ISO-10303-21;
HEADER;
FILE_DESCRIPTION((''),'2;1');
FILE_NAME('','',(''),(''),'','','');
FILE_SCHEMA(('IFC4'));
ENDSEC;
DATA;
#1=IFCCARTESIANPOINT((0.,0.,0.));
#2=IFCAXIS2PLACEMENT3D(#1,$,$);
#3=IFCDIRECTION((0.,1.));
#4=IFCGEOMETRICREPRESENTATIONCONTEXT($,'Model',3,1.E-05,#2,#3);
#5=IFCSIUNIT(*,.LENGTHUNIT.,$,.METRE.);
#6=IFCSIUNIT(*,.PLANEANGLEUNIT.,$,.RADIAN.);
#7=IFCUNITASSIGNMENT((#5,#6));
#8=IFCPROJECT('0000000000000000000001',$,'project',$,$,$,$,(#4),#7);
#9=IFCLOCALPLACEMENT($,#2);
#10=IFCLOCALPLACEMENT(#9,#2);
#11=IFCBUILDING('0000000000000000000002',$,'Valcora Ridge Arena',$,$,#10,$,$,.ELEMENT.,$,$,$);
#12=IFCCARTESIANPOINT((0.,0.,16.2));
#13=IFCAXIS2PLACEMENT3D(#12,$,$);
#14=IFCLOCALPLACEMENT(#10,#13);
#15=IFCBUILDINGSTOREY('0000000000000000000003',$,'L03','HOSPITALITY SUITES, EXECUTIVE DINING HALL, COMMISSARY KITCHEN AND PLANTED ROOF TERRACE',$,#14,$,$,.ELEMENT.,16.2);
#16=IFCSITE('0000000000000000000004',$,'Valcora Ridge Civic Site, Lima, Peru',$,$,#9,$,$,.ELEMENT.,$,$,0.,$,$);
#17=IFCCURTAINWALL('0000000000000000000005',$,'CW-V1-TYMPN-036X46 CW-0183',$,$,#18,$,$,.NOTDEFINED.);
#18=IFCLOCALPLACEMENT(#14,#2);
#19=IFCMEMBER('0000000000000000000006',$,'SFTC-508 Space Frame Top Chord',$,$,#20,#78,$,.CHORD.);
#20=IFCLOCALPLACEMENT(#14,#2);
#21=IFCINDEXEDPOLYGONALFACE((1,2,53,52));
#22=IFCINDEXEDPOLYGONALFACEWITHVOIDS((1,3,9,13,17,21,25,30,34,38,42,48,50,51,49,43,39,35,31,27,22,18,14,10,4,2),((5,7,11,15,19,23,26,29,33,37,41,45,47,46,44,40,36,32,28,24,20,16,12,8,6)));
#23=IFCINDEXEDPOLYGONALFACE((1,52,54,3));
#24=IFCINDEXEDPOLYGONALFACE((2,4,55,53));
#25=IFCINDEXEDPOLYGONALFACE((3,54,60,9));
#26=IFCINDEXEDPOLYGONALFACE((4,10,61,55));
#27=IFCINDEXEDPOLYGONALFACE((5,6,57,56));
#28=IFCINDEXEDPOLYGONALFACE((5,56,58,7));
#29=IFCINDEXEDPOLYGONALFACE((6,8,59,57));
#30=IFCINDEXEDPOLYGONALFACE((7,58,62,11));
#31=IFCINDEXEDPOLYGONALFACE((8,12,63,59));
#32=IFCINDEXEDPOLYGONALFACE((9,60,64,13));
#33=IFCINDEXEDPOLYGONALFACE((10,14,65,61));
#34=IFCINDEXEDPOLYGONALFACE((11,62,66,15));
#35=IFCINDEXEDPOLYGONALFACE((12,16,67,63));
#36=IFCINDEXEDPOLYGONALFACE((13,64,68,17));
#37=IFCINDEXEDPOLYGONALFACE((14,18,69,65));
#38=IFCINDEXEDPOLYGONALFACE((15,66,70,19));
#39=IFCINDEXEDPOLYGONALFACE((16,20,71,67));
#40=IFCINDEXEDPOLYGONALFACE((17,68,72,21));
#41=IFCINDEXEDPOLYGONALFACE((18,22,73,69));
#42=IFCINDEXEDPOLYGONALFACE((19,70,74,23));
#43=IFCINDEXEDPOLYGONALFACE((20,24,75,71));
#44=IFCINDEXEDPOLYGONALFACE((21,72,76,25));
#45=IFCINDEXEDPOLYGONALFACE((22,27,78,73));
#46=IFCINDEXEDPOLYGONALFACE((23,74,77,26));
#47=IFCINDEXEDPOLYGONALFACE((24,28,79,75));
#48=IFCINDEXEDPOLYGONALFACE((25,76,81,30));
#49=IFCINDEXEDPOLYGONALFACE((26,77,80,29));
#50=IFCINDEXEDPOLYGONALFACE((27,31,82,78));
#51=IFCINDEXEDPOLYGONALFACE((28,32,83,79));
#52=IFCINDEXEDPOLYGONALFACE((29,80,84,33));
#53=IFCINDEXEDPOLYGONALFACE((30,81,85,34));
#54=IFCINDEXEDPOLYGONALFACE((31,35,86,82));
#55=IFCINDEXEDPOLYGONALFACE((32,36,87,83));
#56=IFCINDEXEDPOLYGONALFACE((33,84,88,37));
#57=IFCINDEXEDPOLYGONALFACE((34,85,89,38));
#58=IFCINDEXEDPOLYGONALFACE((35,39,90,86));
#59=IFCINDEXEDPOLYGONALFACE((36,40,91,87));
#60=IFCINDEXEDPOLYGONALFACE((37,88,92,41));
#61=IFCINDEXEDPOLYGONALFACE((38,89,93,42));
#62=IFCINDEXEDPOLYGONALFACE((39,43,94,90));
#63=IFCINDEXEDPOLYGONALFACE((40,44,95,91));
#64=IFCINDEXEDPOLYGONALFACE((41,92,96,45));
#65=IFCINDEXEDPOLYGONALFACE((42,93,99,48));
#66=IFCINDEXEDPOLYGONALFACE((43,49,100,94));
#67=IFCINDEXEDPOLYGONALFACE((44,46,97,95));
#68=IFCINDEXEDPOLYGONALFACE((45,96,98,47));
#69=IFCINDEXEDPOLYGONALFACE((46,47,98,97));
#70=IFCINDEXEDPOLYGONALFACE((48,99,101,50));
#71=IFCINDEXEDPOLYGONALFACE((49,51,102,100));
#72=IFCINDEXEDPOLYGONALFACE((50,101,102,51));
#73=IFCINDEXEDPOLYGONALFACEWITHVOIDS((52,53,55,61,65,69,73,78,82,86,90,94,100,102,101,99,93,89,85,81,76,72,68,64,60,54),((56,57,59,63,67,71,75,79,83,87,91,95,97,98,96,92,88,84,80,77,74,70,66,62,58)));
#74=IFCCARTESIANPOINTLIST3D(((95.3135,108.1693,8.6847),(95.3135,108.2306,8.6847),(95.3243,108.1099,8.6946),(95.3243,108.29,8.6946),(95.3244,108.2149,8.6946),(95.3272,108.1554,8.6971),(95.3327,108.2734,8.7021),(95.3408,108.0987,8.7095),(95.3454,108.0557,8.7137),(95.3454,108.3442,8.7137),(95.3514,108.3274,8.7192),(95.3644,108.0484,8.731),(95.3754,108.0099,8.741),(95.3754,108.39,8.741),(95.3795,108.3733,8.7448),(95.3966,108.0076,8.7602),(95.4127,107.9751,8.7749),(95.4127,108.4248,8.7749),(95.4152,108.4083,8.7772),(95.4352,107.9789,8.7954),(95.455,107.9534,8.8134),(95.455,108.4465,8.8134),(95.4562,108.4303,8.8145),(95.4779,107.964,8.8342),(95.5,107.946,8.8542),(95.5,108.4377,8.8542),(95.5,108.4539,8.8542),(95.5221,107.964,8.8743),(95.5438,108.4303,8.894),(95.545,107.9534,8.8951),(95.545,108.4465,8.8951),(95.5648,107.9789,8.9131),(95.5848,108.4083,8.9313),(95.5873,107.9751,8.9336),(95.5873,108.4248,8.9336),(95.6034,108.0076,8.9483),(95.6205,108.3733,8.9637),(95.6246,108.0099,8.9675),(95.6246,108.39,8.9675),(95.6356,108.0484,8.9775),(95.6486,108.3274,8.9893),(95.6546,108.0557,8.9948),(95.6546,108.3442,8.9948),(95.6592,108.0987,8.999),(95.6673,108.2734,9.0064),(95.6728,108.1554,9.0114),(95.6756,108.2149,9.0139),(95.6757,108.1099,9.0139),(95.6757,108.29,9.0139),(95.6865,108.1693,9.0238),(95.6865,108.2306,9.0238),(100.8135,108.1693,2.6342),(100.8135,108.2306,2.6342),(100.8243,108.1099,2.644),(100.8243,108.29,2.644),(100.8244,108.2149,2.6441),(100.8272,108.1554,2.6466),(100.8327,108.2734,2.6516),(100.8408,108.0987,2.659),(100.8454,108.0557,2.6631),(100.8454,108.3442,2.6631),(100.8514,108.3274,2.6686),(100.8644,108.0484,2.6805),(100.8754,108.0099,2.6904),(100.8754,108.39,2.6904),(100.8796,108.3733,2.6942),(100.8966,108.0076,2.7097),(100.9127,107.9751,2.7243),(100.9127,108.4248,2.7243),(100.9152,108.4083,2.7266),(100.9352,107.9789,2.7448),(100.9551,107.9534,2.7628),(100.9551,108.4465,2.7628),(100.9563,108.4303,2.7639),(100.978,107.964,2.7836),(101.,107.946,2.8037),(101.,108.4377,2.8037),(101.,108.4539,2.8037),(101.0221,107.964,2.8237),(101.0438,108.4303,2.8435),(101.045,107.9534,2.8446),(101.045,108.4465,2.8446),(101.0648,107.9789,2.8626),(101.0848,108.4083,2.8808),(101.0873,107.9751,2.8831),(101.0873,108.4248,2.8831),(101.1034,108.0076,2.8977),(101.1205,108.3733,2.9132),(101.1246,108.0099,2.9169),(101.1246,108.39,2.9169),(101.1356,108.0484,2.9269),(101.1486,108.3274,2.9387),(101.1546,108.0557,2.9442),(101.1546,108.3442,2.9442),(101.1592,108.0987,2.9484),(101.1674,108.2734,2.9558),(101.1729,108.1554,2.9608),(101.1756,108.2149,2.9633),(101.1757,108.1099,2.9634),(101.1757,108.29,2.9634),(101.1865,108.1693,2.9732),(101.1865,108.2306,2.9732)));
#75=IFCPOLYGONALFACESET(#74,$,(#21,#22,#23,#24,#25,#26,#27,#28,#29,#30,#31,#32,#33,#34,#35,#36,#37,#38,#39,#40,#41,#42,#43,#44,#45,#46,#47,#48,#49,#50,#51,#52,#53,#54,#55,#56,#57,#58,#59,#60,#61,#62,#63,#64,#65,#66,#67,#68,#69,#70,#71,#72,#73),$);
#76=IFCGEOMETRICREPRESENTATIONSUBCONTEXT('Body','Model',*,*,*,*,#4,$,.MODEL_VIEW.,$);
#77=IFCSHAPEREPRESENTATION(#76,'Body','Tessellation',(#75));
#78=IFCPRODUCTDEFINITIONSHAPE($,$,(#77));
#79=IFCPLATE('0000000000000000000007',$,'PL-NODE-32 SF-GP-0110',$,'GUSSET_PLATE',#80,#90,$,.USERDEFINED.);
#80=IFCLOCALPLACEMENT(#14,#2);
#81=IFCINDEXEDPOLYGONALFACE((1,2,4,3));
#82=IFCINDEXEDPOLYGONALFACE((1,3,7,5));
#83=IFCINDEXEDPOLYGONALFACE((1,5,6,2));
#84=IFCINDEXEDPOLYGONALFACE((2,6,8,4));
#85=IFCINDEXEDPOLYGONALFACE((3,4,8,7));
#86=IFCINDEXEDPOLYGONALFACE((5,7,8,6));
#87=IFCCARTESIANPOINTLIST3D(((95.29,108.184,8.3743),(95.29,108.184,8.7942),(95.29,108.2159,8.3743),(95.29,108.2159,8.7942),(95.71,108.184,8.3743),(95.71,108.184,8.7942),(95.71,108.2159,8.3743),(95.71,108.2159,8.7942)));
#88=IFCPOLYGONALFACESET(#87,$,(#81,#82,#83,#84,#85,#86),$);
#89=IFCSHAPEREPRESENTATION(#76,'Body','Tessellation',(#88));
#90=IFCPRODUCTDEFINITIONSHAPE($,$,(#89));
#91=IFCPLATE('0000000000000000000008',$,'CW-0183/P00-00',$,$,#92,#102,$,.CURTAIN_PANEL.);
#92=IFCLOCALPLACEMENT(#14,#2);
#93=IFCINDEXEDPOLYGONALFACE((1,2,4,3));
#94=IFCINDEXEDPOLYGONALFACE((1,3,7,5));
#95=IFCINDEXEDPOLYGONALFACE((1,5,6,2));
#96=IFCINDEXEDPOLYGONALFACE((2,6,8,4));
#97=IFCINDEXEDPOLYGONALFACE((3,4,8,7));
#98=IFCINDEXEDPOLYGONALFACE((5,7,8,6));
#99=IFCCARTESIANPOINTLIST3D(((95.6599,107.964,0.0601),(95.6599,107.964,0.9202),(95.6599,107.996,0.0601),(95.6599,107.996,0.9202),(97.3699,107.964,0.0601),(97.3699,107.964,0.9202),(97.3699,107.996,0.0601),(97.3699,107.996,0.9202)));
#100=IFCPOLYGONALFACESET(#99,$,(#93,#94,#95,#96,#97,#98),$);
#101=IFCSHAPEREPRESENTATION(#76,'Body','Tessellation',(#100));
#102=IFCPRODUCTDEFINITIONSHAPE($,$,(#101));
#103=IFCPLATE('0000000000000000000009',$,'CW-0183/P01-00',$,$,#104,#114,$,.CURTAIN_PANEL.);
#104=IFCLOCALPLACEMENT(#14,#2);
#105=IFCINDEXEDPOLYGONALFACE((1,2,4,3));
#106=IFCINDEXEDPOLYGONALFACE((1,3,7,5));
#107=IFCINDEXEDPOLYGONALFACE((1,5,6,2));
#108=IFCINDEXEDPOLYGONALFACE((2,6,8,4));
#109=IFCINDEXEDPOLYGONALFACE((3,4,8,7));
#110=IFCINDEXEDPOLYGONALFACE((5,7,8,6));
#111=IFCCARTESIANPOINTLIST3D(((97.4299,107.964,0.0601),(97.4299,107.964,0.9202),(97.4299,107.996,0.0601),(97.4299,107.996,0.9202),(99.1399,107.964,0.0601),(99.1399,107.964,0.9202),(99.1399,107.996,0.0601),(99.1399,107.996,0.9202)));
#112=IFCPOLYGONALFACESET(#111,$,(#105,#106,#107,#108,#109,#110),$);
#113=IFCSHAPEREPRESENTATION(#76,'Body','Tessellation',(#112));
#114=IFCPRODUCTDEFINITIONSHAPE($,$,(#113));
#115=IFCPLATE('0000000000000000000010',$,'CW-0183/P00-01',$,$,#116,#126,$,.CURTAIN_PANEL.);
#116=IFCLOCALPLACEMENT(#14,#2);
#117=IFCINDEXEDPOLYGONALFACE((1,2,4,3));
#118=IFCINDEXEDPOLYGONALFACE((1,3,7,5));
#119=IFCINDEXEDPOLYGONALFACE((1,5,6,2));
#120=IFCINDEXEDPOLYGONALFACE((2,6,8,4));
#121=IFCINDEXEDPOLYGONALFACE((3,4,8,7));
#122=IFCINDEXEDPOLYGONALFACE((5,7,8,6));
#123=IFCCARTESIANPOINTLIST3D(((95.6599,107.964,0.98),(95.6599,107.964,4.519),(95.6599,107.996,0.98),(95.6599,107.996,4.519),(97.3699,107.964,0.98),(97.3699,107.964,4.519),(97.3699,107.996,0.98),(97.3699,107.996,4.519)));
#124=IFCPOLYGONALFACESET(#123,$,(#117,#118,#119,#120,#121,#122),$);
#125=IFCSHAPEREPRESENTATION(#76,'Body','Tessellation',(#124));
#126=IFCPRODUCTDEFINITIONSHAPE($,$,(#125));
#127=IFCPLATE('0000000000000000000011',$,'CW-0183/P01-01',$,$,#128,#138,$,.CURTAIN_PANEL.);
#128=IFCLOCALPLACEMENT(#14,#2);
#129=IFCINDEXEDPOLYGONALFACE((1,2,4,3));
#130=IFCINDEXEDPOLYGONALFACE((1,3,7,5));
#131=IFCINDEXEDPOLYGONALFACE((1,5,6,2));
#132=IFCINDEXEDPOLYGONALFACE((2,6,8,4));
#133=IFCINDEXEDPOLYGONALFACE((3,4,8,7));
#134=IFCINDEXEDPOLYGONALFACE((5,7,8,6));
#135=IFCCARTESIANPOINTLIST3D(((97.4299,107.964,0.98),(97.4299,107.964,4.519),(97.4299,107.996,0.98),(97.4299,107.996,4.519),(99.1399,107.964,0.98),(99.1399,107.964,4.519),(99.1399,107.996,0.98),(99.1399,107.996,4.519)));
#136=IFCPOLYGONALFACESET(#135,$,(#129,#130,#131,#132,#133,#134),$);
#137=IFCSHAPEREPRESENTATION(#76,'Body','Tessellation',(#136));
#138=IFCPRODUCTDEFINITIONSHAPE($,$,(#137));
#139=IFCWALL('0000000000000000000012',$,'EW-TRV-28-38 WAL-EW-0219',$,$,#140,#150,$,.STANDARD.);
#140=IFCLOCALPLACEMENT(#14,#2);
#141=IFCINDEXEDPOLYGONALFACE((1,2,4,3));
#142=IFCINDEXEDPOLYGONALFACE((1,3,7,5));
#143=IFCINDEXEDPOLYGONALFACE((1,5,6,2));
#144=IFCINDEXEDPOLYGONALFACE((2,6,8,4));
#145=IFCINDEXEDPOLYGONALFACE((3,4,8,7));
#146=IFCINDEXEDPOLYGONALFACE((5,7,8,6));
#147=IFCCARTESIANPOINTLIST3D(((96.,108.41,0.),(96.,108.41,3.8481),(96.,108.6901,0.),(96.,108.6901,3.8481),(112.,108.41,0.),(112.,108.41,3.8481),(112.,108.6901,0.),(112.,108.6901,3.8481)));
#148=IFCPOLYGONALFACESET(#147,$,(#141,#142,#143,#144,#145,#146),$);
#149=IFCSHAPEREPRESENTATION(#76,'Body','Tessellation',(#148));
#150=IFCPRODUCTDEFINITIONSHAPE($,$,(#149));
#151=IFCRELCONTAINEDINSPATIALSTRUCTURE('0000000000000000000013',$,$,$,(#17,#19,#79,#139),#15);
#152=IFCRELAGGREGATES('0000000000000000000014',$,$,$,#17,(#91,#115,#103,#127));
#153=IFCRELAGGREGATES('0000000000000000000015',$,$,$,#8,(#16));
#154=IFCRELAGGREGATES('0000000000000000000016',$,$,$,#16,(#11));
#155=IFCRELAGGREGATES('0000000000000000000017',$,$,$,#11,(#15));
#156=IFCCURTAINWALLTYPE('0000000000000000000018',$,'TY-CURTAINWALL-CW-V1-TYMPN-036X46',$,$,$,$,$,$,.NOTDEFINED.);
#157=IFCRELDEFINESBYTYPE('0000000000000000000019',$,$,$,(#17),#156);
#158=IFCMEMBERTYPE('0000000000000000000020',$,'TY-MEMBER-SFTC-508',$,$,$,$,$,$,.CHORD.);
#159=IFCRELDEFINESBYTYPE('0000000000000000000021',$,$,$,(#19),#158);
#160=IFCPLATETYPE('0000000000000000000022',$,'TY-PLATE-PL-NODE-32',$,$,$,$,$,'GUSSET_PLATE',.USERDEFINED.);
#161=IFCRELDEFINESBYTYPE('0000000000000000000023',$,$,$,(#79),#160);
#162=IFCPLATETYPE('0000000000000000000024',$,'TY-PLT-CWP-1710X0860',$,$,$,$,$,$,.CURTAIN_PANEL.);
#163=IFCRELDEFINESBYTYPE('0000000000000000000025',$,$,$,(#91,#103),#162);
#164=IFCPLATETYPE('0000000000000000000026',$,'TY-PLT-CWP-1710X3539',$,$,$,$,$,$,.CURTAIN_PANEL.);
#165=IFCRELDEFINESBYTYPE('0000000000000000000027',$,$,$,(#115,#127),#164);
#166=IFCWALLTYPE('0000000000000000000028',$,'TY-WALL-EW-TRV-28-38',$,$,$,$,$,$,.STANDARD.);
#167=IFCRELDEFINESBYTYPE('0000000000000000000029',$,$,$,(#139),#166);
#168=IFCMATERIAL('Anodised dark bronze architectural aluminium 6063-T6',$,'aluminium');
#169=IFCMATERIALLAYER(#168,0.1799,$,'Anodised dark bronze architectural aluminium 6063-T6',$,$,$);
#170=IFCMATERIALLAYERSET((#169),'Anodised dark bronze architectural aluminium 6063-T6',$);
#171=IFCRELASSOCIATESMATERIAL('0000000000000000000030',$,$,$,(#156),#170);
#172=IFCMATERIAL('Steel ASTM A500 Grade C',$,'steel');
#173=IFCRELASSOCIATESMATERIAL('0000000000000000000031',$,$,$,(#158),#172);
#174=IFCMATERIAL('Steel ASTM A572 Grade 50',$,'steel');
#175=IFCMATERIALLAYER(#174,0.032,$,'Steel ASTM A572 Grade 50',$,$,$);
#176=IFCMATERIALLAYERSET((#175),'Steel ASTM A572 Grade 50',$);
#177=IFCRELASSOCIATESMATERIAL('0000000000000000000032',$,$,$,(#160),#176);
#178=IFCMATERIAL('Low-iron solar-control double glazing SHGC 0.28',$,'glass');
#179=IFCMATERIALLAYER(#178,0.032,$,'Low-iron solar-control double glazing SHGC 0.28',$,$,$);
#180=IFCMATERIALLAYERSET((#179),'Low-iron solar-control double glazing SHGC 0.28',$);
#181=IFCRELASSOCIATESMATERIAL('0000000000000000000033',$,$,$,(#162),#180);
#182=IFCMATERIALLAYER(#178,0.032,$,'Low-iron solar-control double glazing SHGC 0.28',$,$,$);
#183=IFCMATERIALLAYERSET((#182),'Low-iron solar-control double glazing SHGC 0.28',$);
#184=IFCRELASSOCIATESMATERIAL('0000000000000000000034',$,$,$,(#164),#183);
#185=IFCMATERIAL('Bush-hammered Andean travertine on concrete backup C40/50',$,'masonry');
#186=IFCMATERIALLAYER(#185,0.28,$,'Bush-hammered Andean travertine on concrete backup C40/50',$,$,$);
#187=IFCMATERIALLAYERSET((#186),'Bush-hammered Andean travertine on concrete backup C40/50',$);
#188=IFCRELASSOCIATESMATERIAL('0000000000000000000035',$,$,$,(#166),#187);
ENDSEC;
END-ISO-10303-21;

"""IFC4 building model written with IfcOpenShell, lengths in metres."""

from ifc_helpers import new_model, si_unit, direction, frame, frame_2d, origin, origin_2d, place, context, subcontext, project, spatial, rectangle, hollow_circle, extrude, material, layer, layer_set, material_profile, profile_set, type_object, element, aggregate, save


model = new_model("IFC4")

# Units and contexts
model_context = context("Model", 3, precision=1e-05, world=origin(), true_north=direction((0.0, 1.0)))
body_context = subcontext(model_context, "Body", "Model", "MODEL_VIEW")
ifc_project = project(units=[si_unit("LENGTHUNIT", "METRE"), si_unit("PLANEANGLEUNIT", "RADIAN")], contexts=[model_context])

# Site, building, storey
site_placement = place(None, origin())
site = spatial("IfcSite", under=ifc_project, at=site_placement, Name="Valcora Ridge Civic Site, Lima, Peru", CompositionType="ELEMENT", RefElevation=0.0)
building_placement = place(site_placement, origin())
building = spatial("IfcBuilding", under=site, at=building_placement, Name="Valcora Ridge Arena", CompositionType="ELEMENT")
storey_placement = place(building_placement, frame((0.0, 0.0, 16.2)))
storey = spatial("IfcBuildingStorey", under=building, at=storey_placement, Name="L03", Description="HOSPITALITY SUITES, EXECUTIVE DINING HALL, COMMISSARY KITCHEN AND PLANTED ROOF TERRACE", CompositionType="ELEMENT", Elevation=16.2)

# Shared definitions
ifc_material_1 = material(Name="Steel ASTM A572 Grade 50", Category="steel")

# Curtain wall
ifc_material_2 = material(Name="Anodised dark bronze architectural aluminium 6063-T6", Category="aluminium")
ifc_layer_1 = layer(ifc_material_2, 0.1799, Name="Anodised dark bronze architectural aluminium 6063-T6")
ifc_layer_set_1 = layer_set([ifc_layer_1], Name="Anodised dark bronze architectural aluminium 6063-T6")
curtain_wall_type = type_object("IfcCurtainWallType", Name="TY-CURTAINWALL-CW-V1-TYMPN-036X46", PredefinedType="NOTDEFINED", material=ifc_layer_set_1)
curtain_wall_placement = place(storey_placement, origin())
curtain_wall = element("IfcCurtainWall", 1, at=curtain_wall_placement, inside=storey, type_object=curtain_wall_type, Name="CW-V1-TYMPN-036X46 CW-0183", PredefinedType="NOTDEFINED")

# Member
ifc_material_3 = material(Name="Steel ASTM A500 Grade C", Category="steel")
ifc_material_profile_1 = material_profile(ifc_material_3, hollow_circle(Radius=0.2539, WallThickness=0.0161, at=origin_2d()), Name="CHS508X16")
ifc_profile_set_1 = profile_set([ifc_material_profile_1], Name="Steel ASTM A500 Grade C")
member_type_1 = type_object("IfcMemberType", Name="TY-MEMBER-SFTC-508", PredefinedType="CHORD", material=ifc_profile_set_1)
member_1_placement = place(storey_placement, frame((95.5, 108.2, 8.8542), z_axis=(0.67264, 0.0, -0.73997), x_axis=(0.0, 1.0, 0.0)))
element("IfcMember", 2, at=member_1_placement, inside=storey, type_object=member_type_1, Name="SFTC-508 Space Frame Top Chord", PredefinedType="CHORD", context=body_context, shape_type="SweptSolid", body=[
    extrude(hollow_circle(Radius=0.2539, WallThickness=0.0161, at=origin_2d()), origin(), (0.0, 0.0, 1.0), 8.1768),
])

# Plates
ifc_layer_2 = layer(ifc_material_1, 0.032, Name="Steel ASTM A572 Grade 50")
ifc_layer_set_2 = layer_set([ifc_layer_2], Name="Steel ASTM A572 Grade 50")
plate_type_1 = type_object("IfcPlateType", Name="TY-PLATE-PL-NODE-32", ElementType="GUSSET_PLATE", PredefinedType="USERDEFINED", material=ifc_layer_set_2)
plate_1_placement = place(storey_placement, frame((95.5, 108.2, 8.3743), z_axis=(0.0, 0.0, 1.0), x_axis=(1.0, 0.0, 0.0)))
element("IfcPlate", 3, at=plate_1_placement, inside=storey, type_object=plate_type_1, Name="PL-NODE-32 SF-GP-0110", ObjectType="GUSSET_PLATE", PredefinedType="USERDEFINED", context=body_context, shape_type="SweptSolid", body=[
    extrude(rectangle(XDim=0.4199, YDim=0.032, at=origin_2d()), origin(), (0.0, 0.0, 1.0), 0.4199),
])
ifc_material_4 = material(Name="Low-iron solar-control double glazing SHGC 0.28", Category="glass")
ifc_layer_3 = layer(ifc_material_4, 0.032, Name="Low-iron solar-control double glazing SHGC 0.28")
ifc_layer_set_3 = layer_set([ifc_layer_3], Name="Low-iron solar-control double glazing SHGC 0.28")
plate_type_2 = type_object("IfcPlateType", Name="TY-PLT-CWP-1710X0860", PredefinedType="CURTAIN_PANEL", material=ifc_layer_set_3)
plate_2_placement = place(storey_placement, frame((96.5149, 107.98, 0.0601), z_axis=(0.0, 0.0, 1.0), x_axis=(1.0, 0.0, 0.0)))
plate_2 = element("IfcPlate", 4, at=plate_2_placement, type_object=plate_type_2, Name="CW-0183/P00-00", PredefinedType="CURTAIN_PANEL", context=body_context, shape_type="SweptSolid", body=[
    extrude(rectangle(XDim=1.71, YDim=0.032, at=origin_2d()), origin(), (0.0, 0.0, 1.0), 0.8601),
])
plate_3_placement = place(storey_placement, frame((98.2849, 107.98, 0.0601), z_axis=(0.0, 0.0, 1.0), x_axis=(1.0, 0.0, 0.0)))
plate_3 = element("IfcPlate", 5, at=plate_3_placement, type_object=plate_type_2, Name="CW-0183/P01-00", PredefinedType="CURTAIN_PANEL", context=body_context, shape_type="SweptSolid", body=[
    extrude(rectangle(XDim=1.71, YDim=0.032, at=origin_2d()), origin(), (0.0, 0.0, 1.0), 0.8601),
])
ifc_layer_4 = layer(ifc_material_4, 0.032, Name="Low-iron solar-control double glazing SHGC 0.28")
ifc_layer_set_4 = layer_set([ifc_layer_4], Name="Low-iron solar-control double glazing SHGC 0.28")
plate_type_3 = type_object("IfcPlateType", Name="TY-PLT-CWP-1710X3539", PredefinedType="CURTAIN_PANEL", material=ifc_layer_set_4)
plate_4_placement = place(storey_placement, frame((96.5149, 107.98, 0.98), z_axis=(0.0, 0.0, 1.0), x_axis=(1.0, 0.0, 0.0)))
plate_4 = element("IfcPlate", 6, at=plate_4_placement, type_object=plate_type_3, Name="CW-0183/P00-01", PredefinedType="CURTAIN_PANEL", context=body_context, shape_type="SweptSolid", body=[
    extrude(rectangle(XDim=1.71, YDim=0.032, at=origin_2d()), origin(), (0.0, 0.0, 1.0), 3.5391),
])
plate_5_placement = place(storey_placement, frame((98.2849, 107.98, 0.98), z_axis=(0.0, 0.0, 1.0), x_axis=(1.0, 0.0, 0.0)))
plate_5 = element("IfcPlate", 7, at=plate_5_placement, type_object=plate_type_3, Name="CW-0183/P01-01", PredefinedType="CURTAIN_PANEL", context=body_context, shape_type="SweptSolid", body=[
    extrude(rectangle(XDim=1.71, YDim=0.032, at=origin_2d()), origin(), (0.0, 0.0, 1.0), 3.5391),
])
aggregate(curtain_wall, [plate_2, plate_4, plate_3, plate_5])

# Wall
ifc_material_5 = material(Name="Bush-hammered Andean travertine on concrete backup C40/50", Category="masonry")
ifc_layer_5 = layer(ifc_material_5, 0.28, Name="Bush-hammered Andean travertine on concrete backup C40/50")
ifc_layer_set_5 = layer_set([ifc_layer_5], Name="Bush-hammered Andean travertine on concrete backup C40/50")
wall_type = type_object("IfcWallType", Name="TY-WALL-EW-TRV-28-38", PredefinedType="STANDARD", material=ifc_layer_set_5)
wall_placement = place(storey_placement, frame((96.0, 108.55, 0.0), z_axis=(0.0, 0.0, 1.0), x_axis=(1.0, 0.0, 0.0)))
element("IfcWall", 8, at=wall_placement, inside=storey, type_object=wall_type, Name="EW-TRV-28-38 WAL-EW-0219", PredefinedType="STANDARD", context=body_context, shape_type="SweptSolid", body=[
    extrude(rectangle(XDim=16.0, YDim=0.28, at=frame_2d((8.0, 0.0))), origin(), (0.0, 0.0, 1.0), 3.8481),
])

save(model, "model.ifc")
